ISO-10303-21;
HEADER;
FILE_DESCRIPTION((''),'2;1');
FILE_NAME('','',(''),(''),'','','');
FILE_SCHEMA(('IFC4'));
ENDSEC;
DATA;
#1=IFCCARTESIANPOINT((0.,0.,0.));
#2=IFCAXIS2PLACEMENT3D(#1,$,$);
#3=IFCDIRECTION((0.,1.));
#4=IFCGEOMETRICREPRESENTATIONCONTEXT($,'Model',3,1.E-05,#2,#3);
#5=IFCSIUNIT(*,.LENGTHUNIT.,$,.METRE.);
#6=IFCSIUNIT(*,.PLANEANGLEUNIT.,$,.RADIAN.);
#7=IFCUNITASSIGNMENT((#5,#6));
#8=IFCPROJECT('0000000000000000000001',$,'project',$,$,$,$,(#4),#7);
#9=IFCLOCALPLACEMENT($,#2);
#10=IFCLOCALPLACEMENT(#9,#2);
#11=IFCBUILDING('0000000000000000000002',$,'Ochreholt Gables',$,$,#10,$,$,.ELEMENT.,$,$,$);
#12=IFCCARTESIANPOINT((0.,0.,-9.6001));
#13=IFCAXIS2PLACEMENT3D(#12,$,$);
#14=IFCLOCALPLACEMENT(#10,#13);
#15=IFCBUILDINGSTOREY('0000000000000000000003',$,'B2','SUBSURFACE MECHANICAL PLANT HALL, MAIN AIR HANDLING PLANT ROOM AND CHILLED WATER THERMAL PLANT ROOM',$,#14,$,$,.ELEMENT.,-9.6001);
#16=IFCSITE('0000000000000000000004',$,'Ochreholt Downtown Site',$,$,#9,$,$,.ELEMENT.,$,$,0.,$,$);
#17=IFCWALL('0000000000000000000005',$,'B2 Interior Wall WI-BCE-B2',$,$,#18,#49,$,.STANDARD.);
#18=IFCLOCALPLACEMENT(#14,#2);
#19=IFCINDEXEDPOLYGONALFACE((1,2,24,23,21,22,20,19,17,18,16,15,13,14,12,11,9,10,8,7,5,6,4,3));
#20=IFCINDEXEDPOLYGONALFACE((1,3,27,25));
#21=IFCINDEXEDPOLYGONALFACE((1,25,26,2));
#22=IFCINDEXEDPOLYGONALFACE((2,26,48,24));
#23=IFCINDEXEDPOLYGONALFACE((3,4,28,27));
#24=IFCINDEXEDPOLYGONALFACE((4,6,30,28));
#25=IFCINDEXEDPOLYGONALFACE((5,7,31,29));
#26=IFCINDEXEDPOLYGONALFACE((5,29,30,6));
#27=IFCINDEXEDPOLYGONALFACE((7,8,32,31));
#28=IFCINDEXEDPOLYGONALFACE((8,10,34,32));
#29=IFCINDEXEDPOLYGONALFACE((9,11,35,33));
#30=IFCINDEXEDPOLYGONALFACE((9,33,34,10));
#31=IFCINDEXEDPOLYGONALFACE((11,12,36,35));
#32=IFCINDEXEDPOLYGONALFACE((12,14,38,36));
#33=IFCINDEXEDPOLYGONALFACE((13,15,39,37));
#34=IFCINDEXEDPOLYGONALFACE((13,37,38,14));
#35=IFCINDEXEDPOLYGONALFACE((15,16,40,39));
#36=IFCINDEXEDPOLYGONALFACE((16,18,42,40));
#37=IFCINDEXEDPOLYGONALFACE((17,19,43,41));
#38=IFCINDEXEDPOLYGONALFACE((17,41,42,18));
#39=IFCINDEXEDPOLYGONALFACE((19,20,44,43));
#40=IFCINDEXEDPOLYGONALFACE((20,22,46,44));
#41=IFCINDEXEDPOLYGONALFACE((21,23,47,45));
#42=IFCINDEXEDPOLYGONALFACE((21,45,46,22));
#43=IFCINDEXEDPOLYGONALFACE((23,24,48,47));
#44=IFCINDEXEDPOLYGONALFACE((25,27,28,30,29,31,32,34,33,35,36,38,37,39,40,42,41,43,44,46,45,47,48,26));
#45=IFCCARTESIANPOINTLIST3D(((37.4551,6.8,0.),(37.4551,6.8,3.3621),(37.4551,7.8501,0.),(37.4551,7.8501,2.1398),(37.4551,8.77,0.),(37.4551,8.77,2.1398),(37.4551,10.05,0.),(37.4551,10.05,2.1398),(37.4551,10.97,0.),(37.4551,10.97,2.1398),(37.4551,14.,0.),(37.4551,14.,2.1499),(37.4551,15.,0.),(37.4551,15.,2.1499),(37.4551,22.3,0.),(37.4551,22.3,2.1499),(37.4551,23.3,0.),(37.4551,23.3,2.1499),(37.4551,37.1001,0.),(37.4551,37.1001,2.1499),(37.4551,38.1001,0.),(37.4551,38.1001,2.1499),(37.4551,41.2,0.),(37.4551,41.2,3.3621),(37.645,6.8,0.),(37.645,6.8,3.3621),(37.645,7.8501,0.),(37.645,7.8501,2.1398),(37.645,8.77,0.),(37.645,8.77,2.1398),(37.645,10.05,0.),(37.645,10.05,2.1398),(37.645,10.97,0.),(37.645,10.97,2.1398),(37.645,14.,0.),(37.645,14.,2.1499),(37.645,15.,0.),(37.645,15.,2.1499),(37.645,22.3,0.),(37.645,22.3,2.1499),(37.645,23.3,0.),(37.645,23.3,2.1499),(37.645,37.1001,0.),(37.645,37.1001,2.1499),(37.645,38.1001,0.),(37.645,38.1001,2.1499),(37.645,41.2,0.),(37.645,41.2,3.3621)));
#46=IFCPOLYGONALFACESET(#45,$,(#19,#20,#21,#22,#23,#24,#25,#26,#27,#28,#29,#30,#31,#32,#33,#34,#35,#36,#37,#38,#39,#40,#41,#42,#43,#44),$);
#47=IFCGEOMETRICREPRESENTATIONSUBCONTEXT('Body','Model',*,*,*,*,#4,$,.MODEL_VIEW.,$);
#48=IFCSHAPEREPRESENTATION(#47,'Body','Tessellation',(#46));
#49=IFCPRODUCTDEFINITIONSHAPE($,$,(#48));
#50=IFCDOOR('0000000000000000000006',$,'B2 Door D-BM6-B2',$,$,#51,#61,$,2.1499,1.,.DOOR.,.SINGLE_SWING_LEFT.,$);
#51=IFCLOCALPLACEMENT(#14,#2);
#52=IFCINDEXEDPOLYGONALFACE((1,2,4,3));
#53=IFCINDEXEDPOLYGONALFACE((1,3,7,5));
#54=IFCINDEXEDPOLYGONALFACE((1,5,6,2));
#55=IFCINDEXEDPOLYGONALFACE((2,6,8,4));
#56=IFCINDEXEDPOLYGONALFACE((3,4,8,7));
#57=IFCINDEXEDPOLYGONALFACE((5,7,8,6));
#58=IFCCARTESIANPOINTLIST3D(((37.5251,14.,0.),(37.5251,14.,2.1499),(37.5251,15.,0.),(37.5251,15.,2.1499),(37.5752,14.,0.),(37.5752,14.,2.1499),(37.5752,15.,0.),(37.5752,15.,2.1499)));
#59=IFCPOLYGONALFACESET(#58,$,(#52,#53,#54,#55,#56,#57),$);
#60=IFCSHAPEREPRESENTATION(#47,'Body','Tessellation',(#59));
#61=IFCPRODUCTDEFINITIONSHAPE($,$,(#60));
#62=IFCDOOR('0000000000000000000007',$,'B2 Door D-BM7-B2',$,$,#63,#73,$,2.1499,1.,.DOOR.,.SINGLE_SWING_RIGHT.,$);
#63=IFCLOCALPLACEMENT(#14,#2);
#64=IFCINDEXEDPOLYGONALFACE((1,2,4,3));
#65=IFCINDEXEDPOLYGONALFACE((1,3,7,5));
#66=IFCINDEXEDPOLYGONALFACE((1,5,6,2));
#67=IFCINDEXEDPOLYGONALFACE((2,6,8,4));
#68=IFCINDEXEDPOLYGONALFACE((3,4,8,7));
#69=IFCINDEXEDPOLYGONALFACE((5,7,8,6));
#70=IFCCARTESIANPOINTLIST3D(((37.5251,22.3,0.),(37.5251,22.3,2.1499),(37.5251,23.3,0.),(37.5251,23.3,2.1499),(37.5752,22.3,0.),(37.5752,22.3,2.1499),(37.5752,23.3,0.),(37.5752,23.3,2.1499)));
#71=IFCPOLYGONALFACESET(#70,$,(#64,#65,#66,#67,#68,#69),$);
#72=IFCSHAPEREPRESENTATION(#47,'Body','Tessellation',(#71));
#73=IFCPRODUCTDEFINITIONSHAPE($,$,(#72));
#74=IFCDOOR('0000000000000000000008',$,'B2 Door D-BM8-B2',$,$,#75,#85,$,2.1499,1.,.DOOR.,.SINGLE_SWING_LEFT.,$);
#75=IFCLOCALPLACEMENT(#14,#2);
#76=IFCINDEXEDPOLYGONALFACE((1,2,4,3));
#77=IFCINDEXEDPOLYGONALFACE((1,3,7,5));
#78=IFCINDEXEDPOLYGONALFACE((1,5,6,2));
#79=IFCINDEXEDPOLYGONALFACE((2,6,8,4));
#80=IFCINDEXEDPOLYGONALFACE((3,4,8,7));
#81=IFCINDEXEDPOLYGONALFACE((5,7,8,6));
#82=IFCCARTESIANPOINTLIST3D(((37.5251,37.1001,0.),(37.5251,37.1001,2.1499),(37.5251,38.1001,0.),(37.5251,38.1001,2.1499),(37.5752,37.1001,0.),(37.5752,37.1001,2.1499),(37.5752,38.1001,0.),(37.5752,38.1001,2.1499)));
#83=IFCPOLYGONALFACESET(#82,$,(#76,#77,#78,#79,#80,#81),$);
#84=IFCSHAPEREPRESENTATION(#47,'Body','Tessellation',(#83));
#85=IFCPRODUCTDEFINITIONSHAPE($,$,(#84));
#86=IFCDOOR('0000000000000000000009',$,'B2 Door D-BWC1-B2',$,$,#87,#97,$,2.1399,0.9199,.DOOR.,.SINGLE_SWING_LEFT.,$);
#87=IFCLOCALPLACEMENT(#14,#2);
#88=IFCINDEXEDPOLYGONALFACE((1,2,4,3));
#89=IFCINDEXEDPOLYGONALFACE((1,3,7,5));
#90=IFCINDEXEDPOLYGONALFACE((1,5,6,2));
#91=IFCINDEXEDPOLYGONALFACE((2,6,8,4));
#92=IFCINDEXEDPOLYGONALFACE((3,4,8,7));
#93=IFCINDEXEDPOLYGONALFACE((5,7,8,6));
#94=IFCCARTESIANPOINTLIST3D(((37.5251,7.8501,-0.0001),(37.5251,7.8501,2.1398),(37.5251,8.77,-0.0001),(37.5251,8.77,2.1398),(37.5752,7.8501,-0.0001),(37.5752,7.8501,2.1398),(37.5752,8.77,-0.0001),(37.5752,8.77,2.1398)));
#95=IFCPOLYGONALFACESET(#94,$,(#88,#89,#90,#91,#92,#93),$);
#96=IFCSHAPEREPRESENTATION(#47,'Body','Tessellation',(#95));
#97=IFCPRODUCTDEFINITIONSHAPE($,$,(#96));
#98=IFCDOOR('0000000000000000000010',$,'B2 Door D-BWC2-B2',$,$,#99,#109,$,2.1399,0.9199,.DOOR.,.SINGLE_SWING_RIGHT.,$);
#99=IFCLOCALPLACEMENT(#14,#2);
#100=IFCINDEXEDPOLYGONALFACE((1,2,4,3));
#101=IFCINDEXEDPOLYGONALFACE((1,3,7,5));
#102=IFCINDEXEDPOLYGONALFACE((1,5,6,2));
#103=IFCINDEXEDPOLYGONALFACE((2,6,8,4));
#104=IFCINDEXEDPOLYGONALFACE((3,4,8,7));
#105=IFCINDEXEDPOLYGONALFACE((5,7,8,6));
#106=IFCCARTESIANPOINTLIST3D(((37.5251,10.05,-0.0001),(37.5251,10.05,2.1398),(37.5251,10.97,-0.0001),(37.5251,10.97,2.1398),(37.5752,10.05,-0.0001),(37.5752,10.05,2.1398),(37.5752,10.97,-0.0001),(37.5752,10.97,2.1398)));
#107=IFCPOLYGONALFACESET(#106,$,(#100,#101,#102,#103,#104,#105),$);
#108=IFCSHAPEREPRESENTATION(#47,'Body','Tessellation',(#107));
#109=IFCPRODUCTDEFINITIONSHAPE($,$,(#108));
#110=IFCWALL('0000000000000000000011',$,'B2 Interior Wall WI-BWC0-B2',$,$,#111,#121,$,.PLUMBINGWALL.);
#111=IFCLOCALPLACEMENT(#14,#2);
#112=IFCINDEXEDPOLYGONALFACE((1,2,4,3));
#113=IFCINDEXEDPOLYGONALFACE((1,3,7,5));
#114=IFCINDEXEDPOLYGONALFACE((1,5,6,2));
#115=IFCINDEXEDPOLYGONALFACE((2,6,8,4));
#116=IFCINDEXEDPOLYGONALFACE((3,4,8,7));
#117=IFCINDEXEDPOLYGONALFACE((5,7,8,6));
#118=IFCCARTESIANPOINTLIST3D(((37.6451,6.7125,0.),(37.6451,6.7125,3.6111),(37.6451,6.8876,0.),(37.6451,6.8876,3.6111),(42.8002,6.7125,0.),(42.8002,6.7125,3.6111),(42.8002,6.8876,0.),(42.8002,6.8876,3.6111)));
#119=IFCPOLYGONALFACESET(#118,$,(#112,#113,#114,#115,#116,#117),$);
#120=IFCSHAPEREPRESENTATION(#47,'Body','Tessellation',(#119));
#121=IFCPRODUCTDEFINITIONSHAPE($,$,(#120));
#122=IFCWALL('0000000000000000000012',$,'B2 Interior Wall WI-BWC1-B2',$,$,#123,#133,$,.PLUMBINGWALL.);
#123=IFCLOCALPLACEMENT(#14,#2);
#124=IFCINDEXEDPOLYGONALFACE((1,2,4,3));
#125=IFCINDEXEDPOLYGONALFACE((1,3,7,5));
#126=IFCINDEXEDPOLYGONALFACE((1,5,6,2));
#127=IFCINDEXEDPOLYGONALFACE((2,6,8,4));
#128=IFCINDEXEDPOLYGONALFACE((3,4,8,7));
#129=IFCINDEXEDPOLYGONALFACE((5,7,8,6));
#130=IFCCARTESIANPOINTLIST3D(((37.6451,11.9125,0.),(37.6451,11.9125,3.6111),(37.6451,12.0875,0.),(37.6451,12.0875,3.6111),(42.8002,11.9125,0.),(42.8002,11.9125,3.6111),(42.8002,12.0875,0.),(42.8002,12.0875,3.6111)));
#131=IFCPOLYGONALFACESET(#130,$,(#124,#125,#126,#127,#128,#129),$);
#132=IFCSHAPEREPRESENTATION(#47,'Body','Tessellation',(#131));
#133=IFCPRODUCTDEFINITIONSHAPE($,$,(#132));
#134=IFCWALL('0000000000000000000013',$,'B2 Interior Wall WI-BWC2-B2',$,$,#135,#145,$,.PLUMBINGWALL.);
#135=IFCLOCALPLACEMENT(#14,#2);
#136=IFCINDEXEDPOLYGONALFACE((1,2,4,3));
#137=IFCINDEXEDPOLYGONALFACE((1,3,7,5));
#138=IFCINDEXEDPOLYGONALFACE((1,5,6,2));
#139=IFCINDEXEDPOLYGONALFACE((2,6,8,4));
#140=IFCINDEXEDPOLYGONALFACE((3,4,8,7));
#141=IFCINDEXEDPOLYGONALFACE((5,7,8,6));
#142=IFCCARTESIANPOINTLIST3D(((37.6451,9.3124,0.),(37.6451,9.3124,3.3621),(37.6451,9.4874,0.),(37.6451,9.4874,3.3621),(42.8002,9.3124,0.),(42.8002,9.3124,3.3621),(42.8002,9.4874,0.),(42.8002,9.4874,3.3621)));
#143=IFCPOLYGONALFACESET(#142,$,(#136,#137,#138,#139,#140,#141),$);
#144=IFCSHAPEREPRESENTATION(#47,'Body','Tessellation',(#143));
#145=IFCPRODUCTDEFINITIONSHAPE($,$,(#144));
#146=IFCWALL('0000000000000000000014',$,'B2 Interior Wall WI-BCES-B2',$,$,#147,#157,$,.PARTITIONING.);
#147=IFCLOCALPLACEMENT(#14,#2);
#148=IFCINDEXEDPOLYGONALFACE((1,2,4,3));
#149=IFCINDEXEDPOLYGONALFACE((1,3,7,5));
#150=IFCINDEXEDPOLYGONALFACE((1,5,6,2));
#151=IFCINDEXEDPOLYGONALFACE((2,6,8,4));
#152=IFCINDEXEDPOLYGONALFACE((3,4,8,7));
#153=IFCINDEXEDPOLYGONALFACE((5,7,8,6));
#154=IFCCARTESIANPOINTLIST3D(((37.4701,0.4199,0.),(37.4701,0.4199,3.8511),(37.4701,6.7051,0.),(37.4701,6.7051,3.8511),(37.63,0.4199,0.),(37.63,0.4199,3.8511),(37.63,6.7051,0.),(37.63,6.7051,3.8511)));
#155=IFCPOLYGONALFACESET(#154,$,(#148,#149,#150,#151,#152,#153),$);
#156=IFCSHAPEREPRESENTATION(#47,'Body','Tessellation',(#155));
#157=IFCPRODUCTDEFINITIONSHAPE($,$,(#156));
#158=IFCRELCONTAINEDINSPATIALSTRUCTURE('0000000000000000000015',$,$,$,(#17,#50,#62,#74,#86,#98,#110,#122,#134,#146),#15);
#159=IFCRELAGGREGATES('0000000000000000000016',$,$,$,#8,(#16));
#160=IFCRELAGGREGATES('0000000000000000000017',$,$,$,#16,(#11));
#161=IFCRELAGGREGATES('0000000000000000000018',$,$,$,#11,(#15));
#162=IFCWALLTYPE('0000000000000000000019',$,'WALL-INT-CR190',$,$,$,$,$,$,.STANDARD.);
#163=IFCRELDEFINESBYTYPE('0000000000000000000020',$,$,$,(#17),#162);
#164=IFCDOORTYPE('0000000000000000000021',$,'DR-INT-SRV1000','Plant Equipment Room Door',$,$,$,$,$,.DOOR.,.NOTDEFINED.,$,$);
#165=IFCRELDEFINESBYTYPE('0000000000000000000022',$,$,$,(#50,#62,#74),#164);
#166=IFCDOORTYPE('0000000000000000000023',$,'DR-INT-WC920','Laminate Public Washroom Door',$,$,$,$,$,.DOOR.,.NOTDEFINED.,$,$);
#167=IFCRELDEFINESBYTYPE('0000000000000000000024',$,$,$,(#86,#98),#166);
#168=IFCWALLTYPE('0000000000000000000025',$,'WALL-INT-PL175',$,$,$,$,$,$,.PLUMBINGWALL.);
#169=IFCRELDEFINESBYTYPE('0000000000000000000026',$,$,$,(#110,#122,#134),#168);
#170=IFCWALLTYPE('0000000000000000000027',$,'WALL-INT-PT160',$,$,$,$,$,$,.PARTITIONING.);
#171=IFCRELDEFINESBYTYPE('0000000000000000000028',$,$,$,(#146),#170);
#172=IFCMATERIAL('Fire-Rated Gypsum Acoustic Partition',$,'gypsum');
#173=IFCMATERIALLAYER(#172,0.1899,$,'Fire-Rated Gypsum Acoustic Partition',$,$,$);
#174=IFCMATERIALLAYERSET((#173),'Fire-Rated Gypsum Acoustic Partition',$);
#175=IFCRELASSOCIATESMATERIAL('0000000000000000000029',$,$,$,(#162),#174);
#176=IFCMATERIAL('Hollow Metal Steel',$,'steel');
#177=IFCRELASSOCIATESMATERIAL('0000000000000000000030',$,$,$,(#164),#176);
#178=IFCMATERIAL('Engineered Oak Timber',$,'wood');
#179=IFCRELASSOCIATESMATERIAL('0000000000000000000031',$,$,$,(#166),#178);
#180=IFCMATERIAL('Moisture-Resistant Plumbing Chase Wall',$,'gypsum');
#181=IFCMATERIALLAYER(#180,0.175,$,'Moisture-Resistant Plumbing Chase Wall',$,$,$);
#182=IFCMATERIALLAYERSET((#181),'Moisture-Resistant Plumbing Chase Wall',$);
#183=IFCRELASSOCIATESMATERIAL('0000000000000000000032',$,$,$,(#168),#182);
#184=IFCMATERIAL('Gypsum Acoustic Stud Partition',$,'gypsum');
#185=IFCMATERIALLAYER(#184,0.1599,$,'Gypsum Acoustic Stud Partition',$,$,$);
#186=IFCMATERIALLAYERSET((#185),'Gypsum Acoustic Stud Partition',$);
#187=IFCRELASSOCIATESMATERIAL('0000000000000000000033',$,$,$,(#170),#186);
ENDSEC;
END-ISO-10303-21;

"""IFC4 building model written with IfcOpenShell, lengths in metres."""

from ifc_helpers import new_model, si_unit, direction, frame, frame_2d, origin, place, context, subcontext, project, spatial, rectangle, extrude, material, layer, layer_set, type_object, element, fill, save


model = new_model("IFC4")

# Units and contexts
model_context = context("Model", 3, precision=1e-05, world=origin(), true_north=direction((0.0, 1.0)))
body_context = subcontext(model_context, "Body", "Model", "MODEL_VIEW")
ifc_project = project(units=[si_unit("LENGTHUNIT", "METRE"), si_unit("PLANEANGLEUNIT", "RADIAN")], contexts=[model_context])

# Site, building, storey
site_placement = place(None, origin())
site = spatial("IfcSite", under=ifc_project, at=site_placement, Name="Ochreholt Downtown Site", CompositionType="ELEMENT", RefElevation=0.0)
building_placement = place(site_placement, origin())
building = spatial("IfcBuilding", under=site, at=building_placement, Name="Ochreholt Gables", CompositionType="ELEMENT")
storey_placement = place(building_placement, frame((0.0, 0.0, -9.6001)))
storey = spatial("IfcBuildingStorey", under=building, at=storey_placement, Name="B2", Description="SUBSURFACE MECHANICAL PLANT HALL, MAIN AIR HANDLING PLANT ROOM AND CHILLED WATER THERMAL PLANT ROOM", CompositionType="ELEMENT", Elevation=-9.6001)

# Wall, openings, doors
ifc_material_1 = material(Name="Fire-Rated Gypsum Acoustic Partition", Category="gypsum")
ifc_layer_1 = layer(ifc_material_1, 0.1899, Name="Fire-Rated Gypsum Acoustic Partition")
ifc_layer_set_1 = layer_set([ifc_layer_1], Name="Fire-Rated Gypsum Acoustic Partition")
wall_type_1 = type_object("IfcWallType", Name="WALL-INT-CR190", PredefinedType="STANDARD", material=ifc_layer_set_1)
wall_1_placement = place(storey_placement, frame((37.55, 6.8, 0.0), z_axis=(0.0, 0.0, 1.0), x_axis=(0.0, 1.0, 0.0)))
wall_1 = element("IfcWall", 1, at=wall_1_placement, inside=storey, type_object=wall_type_1, Name="B2 Interior Wall WI-BCE-B2", PredefinedType="STANDARD", context=body_context, shape_type="SweptSolid", body=[
    extrude(rectangle(XDim=34.3999, YDim=0.1899, at=frame_2d((17.2, 0.0))), origin(), (0.0, 0.0, 1.0), 3.3621),
])
opening_1_placement = place(wall_1_placement, frame((1.05, 0.0, 0.0)))
opening_1 = element("IfcOpeningElement", 2, at=opening_1_placement, cuts=wall_1, PredefinedType="OPENING", context=body_context, shape_type="SweptSolid", body=[
    extrude(rectangle(XDim=0.9199, YDim=2.1399, at=frame_2d((0.46, 1.0698))), frame((0.0, 0.105, 0.0), z_axis=(0.0, -1.0, 0.0), x_axis=(1.0, 0.0, 0.0)), (0.0, 0.0, 1.0), 0.21),
])
opening_2_placement = place(wall_1_placement, frame((3.25, 0.0, 0.0)))
opening_2 = element("IfcOpeningElement", 3, at=opening_2_placement, cuts=wall_1, PredefinedType="OPENING", context=body_context, shape_type="SweptSolid", body=[
    extrude(rectangle(XDim=0.9199, YDim=2.1399, at=frame_2d((0.46, 1.0698))), frame((0.0, 0.105, 0.0), z_axis=(0.0, -1.0, 0.0), x_axis=(1.0, 0.0, 0.0)), (0.0, 0.0, 1.0), 0.21),
])
opening_3_placement = place(wall_1_placement, frame((7.2, 0.0, 0.0)))
opening_3 = element("IfcOpeningElement", 4, at=opening_3_placement, cuts=wall_1, PredefinedType="OPENING", context=body_context, shape_type="SweptSolid", body=[
    extrude(rectangle(XDim=1.0, YDim=2.1499, at=frame_2d((0.5, 1.075))), frame((0.0, 0.105, 0.0), z_axis=(0.0, -1.0, 0.0), x_axis=(1.0, 0.0, 0.0)), (0.0, 0.0, 1.0), 0.21),
])
opening_4_placement = place(wall_1_placement, frame((15.5, 0.0, 0.0)))
opening_4 = element("IfcOpeningElement", 5, at=opening_4_placement, cuts=wall_1, PredefinedType="OPENING", context=body_context, shape_type="SweptSolid", body=[
    extrude(rectangle(XDim=1.0, YDim=2.1499, at=frame_2d((0.5, 1.075))), frame((0.0, 0.105, 0.0), z_axis=(0.0, -1.0, 0.0), x_axis=(1.0, 0.0, 0.0)), (0.0, 0.0, 1.0), 0.21),
])
opening_5_placement = place(wall_1_placement, frame((30.3, 0.0, 0.0)))
opening_5 = element("IfcOpeningElement", 6, at=opening_5_placement, cuts=wall_1, PredefinedType="OPENING", context=body_context, shape_type="SweptSolid", body=[
    extrude(rectangle(XDim=1.0, YDim=2.1499, at=frame_2d((0.5, 1.075))), frame((0.0, 0.105, 0.0), z_axis=(0.0, -1.0, 0.0), x_axis=(1.0, 0.0, 0.0)), (0.0, 0.0, 1.0), 0.21),
])
ifc_material_2 = material(Name="Hollow Metal Steel", Category="steel")
door_type_1 = type_object("IfcDoorType", Name="DR-INT-SRV1000", Description="Plant Equipment Room Door", OperationType="NOTDEFINED", PredefinedType="DOOR", material=ifc_material_2)
door_1_placement = place(opening_3_placement, origin())
door_1 = element("IfcDoor", 7, at=door_1_placement, inside=storey, type_object=door_type_1, Name="B2 Door D-BM6-B2", OperationType="SINGLE_SWING_LEFT", OverallHeight=2.1499, OverallWidth=1.0, PredefinedType="DOOR", context=body_context, shape_type="SweptSolid", body=[
    extrude(rectangle(XDim=1.0, YDim=2.1499, at=frame_2d((0.5, 1.075))), frame((0.0, 0.0249, 0.0), z_axis=(0.0, -1.0, 0.0), x_axis=(1.0, 0.0, 0.0)), (0.0, 0.0, 1.0), 0.05),
])
fill(opening_3, door_1)
door_2_placement = place(opening_4_placement, origin())
door_2 = element("IfcDoor", 8, at=door_2_placement, inside=storey, type_object=door_type_1, Name="B2 Door D-BM7-B2", OperationType="SINGLE_SWING_RIGHT", OverallHeight=2.1499, OverallWidth=1.0, PredefinedType="DOOR", context=body_context, shape_type="SweptSolid", body=[
    extrude(rectangle(XDim=1.0, YDim=2.1499, at=frame_2d((0.5, 1.075))), frame((0.0, 0.0249, 0.0), z_axis=(0.0, -1.0, 0.0), x_axis=(1.0, 0.0, 0.0)), (0.0, 0.0, 1.0), 0.05),
])
fill(opening_4, door_2)
door_3_placement = place(opening_5_placement, origin())
door_3 = element("IfcDoor", 9, at=door_3_placement, inside=storey, type_object=door_type_1, Name="B2 Door D-BM8-B2", OperationType="SINGLE_SWING_LEFT", OverallHeight=2.1499, OverallWidth=1.0, PredefinedType="DOOR", context=body_context, shape_type="SweptSolid", body=[
    extrude(rectangle(XDim=1.0, YDim=2.1499, at=frame_2d((0.5, 1.075))), frame((0.0, 0.0249, 0.0), z_axis=(0.0, -1.0, 0.0), x_axis=(1.0, 0.0, 0.0)), (0.0, 0.0, 1.0), 0.05),
])
fill(opening_5, door_3)
ifc_material_3 = material(Name="Engineered Oak Timber", Category="wood")
door_type_2 = type_object("IfcDoorType", Name="DR-INT-WC920", Description="Laminate Public Washroom Door", OperationType="NOTDEFINED", PredefinedType="DOOR", material=ifc_material_3)
door_4_placement = place(opening_1_placement, origin())
door_4 = element("IfcDoor", 10, at=door_4_placement, inside=storey, type_object=door_type_2, Name="B2 Door D-BWC1-B2", OperationType="SINGLE_SWING_LEFT", OverallHeight=2.1399, OverallWidth=0.9199, PredefinedType="DOOR", context=body_context, shape_type="SweptSolid", body=[
    extrude(rectangle(XDim=0.9199, YDim=2.1399, at=frame_2d((0.46, 1.0698))), frame((0.0, 0.0249, 0.0), z_axis=(0.0, -1.0, 0.0), x_axis=(1.0, 0.0, 0.0)), (0.0, 0.0, 1.0), 0.05),
])
fill(opening_1, door_4)
door_5_placement = place(opening_2_placement, origin())
door_5 = element("IfcDoor", 11, at=door_5_placement, inside=storey, type_object=door_type_2, Name="B2 Door D-BWC2-B2", OperationType="SINGLE_SWING_RIGHT", OverallHeight=2.1399, OverallWidth=0.9199, PredefinedType="DOOR", context=body_context, shape_type="SweptSolid", body=[
    extrude(rectangle(XDim=0.9199, YDim=2.1399, at=frame_2d((0.46, 1.0698))), frame((0.0, 0.0249, 0.0), z_axis=(0.0, -1.0, 0.0), x_axis=(1.0, 0.0, 0.0)), (0.0, 0.0, 1.0), 0.05),
])
fill(opening_2, door_5)

# Walls
ifc_material_4 = material(Name="Moisture-Resistant Plumbing Chase Wall", Category="gypsum")
ifc_layer_2 = layer(ifc_material_4, 0.175, Name="Moisture-Resistant Plumbing Chase Wall")
ifc_layer_set_2 = layer_set([ifc_layer_2], Name="Moisture-Resistant Plumbing Chase Wall")
wall_type_2 = type_object("IfcWallType", Name="WALL-INT-PL175", PredefinedType="PLUMBINGWALL", material=ifc_layer_set_2)
for number, where, z_axis, x_axis, name in (
    (12, (37.645, 6.8, 0.0), (0.0, 0.0, 1.0), (1.0, 0.0, 0.0), "B2 Interior Wall WI-BWC0-B2"),
    (13, (37.645, 12.0, 0.0), (0.0, 0.0, 1.0), (1.0, 0.0, 0.0), "B2 Interior Wall WI-BWC1-B2"),
):
    element("IfcWall", number, at=place(storey_placement, frame(where, z_axis=z_axis, x_axis=x_axis)), inside=storey, type_object=wall_type_2, Name=name, PredefinedType="PLUMBINGWALL", context=body_context, shape_type="SweptSolid", body=[
        extrude(rectangle(XDim=5.155, YDim=0.175, at=frame_2d((2.5776, 0.0))), origin(), (0.0, 0.0, 1.0), 3.6111),
    ])
wall_2_placement = place(storey_placement, frame((37.645, 9.3999, 0.0), z_axis=(0.0, 0.0, 1.0), x_axis=(1.0, 0.0, 0.0)))
element("IfcWall", 14, at=wall_2_placement, inside=storey, type_object=wall_type_2, Name="B2 Interior Wall WI-BWC2-B2", PredefinedType="PLUMBINGWALL", context=body_context, shape_type="SweptSolid", body=[
    extrude(rectangle(XDim=5.155, YDim=0.175, at=frame_2d((2.5776, 0.0))), origin(), (0.0, 0.0, 1.0), 3.3621),
])
ifc_material_5 = material(Name="Gypsum Acoustic Stud Partition", Category="gypsum")
ifc_layer_3 = layer(ifc_material_5, 0.1599, Name="Gypsum Acoustic Stud Partition")
ifc_layer_set_3 = layer_set([ifc_layer_3], Name="Gypsum Acoustic Stud Partition")
wall_type_3 = type_object("IfcWallType", Name="WALL-INT-PT160", PredefinedType="PARTITIONING", material=ifc_layer_set_3)
wall_3_placement = place(storey_placement, frame((37.55, 0.4199, 0.0), z_axis=(0.0, 0.0, 1.0), x_axis=(0.0, 1.0, 0.0)))
element("IfcWall", 15, at=wall_3_placement, inside=storey, type_object=wall_type_3, Name="B2 Interior Wall WI-BCES-B2", PredefinedType="PARTITIONING", context=body_context, shape_type="SweptSolid", body=[
    extrude(rectangle(XDim=6.2852, YDim=0.1599, at=frame_2d((3.1426, 0.0))), origin(), (0.0, 0.0, 1.0), 3.8511),
])

save(model, "model.ifc")
